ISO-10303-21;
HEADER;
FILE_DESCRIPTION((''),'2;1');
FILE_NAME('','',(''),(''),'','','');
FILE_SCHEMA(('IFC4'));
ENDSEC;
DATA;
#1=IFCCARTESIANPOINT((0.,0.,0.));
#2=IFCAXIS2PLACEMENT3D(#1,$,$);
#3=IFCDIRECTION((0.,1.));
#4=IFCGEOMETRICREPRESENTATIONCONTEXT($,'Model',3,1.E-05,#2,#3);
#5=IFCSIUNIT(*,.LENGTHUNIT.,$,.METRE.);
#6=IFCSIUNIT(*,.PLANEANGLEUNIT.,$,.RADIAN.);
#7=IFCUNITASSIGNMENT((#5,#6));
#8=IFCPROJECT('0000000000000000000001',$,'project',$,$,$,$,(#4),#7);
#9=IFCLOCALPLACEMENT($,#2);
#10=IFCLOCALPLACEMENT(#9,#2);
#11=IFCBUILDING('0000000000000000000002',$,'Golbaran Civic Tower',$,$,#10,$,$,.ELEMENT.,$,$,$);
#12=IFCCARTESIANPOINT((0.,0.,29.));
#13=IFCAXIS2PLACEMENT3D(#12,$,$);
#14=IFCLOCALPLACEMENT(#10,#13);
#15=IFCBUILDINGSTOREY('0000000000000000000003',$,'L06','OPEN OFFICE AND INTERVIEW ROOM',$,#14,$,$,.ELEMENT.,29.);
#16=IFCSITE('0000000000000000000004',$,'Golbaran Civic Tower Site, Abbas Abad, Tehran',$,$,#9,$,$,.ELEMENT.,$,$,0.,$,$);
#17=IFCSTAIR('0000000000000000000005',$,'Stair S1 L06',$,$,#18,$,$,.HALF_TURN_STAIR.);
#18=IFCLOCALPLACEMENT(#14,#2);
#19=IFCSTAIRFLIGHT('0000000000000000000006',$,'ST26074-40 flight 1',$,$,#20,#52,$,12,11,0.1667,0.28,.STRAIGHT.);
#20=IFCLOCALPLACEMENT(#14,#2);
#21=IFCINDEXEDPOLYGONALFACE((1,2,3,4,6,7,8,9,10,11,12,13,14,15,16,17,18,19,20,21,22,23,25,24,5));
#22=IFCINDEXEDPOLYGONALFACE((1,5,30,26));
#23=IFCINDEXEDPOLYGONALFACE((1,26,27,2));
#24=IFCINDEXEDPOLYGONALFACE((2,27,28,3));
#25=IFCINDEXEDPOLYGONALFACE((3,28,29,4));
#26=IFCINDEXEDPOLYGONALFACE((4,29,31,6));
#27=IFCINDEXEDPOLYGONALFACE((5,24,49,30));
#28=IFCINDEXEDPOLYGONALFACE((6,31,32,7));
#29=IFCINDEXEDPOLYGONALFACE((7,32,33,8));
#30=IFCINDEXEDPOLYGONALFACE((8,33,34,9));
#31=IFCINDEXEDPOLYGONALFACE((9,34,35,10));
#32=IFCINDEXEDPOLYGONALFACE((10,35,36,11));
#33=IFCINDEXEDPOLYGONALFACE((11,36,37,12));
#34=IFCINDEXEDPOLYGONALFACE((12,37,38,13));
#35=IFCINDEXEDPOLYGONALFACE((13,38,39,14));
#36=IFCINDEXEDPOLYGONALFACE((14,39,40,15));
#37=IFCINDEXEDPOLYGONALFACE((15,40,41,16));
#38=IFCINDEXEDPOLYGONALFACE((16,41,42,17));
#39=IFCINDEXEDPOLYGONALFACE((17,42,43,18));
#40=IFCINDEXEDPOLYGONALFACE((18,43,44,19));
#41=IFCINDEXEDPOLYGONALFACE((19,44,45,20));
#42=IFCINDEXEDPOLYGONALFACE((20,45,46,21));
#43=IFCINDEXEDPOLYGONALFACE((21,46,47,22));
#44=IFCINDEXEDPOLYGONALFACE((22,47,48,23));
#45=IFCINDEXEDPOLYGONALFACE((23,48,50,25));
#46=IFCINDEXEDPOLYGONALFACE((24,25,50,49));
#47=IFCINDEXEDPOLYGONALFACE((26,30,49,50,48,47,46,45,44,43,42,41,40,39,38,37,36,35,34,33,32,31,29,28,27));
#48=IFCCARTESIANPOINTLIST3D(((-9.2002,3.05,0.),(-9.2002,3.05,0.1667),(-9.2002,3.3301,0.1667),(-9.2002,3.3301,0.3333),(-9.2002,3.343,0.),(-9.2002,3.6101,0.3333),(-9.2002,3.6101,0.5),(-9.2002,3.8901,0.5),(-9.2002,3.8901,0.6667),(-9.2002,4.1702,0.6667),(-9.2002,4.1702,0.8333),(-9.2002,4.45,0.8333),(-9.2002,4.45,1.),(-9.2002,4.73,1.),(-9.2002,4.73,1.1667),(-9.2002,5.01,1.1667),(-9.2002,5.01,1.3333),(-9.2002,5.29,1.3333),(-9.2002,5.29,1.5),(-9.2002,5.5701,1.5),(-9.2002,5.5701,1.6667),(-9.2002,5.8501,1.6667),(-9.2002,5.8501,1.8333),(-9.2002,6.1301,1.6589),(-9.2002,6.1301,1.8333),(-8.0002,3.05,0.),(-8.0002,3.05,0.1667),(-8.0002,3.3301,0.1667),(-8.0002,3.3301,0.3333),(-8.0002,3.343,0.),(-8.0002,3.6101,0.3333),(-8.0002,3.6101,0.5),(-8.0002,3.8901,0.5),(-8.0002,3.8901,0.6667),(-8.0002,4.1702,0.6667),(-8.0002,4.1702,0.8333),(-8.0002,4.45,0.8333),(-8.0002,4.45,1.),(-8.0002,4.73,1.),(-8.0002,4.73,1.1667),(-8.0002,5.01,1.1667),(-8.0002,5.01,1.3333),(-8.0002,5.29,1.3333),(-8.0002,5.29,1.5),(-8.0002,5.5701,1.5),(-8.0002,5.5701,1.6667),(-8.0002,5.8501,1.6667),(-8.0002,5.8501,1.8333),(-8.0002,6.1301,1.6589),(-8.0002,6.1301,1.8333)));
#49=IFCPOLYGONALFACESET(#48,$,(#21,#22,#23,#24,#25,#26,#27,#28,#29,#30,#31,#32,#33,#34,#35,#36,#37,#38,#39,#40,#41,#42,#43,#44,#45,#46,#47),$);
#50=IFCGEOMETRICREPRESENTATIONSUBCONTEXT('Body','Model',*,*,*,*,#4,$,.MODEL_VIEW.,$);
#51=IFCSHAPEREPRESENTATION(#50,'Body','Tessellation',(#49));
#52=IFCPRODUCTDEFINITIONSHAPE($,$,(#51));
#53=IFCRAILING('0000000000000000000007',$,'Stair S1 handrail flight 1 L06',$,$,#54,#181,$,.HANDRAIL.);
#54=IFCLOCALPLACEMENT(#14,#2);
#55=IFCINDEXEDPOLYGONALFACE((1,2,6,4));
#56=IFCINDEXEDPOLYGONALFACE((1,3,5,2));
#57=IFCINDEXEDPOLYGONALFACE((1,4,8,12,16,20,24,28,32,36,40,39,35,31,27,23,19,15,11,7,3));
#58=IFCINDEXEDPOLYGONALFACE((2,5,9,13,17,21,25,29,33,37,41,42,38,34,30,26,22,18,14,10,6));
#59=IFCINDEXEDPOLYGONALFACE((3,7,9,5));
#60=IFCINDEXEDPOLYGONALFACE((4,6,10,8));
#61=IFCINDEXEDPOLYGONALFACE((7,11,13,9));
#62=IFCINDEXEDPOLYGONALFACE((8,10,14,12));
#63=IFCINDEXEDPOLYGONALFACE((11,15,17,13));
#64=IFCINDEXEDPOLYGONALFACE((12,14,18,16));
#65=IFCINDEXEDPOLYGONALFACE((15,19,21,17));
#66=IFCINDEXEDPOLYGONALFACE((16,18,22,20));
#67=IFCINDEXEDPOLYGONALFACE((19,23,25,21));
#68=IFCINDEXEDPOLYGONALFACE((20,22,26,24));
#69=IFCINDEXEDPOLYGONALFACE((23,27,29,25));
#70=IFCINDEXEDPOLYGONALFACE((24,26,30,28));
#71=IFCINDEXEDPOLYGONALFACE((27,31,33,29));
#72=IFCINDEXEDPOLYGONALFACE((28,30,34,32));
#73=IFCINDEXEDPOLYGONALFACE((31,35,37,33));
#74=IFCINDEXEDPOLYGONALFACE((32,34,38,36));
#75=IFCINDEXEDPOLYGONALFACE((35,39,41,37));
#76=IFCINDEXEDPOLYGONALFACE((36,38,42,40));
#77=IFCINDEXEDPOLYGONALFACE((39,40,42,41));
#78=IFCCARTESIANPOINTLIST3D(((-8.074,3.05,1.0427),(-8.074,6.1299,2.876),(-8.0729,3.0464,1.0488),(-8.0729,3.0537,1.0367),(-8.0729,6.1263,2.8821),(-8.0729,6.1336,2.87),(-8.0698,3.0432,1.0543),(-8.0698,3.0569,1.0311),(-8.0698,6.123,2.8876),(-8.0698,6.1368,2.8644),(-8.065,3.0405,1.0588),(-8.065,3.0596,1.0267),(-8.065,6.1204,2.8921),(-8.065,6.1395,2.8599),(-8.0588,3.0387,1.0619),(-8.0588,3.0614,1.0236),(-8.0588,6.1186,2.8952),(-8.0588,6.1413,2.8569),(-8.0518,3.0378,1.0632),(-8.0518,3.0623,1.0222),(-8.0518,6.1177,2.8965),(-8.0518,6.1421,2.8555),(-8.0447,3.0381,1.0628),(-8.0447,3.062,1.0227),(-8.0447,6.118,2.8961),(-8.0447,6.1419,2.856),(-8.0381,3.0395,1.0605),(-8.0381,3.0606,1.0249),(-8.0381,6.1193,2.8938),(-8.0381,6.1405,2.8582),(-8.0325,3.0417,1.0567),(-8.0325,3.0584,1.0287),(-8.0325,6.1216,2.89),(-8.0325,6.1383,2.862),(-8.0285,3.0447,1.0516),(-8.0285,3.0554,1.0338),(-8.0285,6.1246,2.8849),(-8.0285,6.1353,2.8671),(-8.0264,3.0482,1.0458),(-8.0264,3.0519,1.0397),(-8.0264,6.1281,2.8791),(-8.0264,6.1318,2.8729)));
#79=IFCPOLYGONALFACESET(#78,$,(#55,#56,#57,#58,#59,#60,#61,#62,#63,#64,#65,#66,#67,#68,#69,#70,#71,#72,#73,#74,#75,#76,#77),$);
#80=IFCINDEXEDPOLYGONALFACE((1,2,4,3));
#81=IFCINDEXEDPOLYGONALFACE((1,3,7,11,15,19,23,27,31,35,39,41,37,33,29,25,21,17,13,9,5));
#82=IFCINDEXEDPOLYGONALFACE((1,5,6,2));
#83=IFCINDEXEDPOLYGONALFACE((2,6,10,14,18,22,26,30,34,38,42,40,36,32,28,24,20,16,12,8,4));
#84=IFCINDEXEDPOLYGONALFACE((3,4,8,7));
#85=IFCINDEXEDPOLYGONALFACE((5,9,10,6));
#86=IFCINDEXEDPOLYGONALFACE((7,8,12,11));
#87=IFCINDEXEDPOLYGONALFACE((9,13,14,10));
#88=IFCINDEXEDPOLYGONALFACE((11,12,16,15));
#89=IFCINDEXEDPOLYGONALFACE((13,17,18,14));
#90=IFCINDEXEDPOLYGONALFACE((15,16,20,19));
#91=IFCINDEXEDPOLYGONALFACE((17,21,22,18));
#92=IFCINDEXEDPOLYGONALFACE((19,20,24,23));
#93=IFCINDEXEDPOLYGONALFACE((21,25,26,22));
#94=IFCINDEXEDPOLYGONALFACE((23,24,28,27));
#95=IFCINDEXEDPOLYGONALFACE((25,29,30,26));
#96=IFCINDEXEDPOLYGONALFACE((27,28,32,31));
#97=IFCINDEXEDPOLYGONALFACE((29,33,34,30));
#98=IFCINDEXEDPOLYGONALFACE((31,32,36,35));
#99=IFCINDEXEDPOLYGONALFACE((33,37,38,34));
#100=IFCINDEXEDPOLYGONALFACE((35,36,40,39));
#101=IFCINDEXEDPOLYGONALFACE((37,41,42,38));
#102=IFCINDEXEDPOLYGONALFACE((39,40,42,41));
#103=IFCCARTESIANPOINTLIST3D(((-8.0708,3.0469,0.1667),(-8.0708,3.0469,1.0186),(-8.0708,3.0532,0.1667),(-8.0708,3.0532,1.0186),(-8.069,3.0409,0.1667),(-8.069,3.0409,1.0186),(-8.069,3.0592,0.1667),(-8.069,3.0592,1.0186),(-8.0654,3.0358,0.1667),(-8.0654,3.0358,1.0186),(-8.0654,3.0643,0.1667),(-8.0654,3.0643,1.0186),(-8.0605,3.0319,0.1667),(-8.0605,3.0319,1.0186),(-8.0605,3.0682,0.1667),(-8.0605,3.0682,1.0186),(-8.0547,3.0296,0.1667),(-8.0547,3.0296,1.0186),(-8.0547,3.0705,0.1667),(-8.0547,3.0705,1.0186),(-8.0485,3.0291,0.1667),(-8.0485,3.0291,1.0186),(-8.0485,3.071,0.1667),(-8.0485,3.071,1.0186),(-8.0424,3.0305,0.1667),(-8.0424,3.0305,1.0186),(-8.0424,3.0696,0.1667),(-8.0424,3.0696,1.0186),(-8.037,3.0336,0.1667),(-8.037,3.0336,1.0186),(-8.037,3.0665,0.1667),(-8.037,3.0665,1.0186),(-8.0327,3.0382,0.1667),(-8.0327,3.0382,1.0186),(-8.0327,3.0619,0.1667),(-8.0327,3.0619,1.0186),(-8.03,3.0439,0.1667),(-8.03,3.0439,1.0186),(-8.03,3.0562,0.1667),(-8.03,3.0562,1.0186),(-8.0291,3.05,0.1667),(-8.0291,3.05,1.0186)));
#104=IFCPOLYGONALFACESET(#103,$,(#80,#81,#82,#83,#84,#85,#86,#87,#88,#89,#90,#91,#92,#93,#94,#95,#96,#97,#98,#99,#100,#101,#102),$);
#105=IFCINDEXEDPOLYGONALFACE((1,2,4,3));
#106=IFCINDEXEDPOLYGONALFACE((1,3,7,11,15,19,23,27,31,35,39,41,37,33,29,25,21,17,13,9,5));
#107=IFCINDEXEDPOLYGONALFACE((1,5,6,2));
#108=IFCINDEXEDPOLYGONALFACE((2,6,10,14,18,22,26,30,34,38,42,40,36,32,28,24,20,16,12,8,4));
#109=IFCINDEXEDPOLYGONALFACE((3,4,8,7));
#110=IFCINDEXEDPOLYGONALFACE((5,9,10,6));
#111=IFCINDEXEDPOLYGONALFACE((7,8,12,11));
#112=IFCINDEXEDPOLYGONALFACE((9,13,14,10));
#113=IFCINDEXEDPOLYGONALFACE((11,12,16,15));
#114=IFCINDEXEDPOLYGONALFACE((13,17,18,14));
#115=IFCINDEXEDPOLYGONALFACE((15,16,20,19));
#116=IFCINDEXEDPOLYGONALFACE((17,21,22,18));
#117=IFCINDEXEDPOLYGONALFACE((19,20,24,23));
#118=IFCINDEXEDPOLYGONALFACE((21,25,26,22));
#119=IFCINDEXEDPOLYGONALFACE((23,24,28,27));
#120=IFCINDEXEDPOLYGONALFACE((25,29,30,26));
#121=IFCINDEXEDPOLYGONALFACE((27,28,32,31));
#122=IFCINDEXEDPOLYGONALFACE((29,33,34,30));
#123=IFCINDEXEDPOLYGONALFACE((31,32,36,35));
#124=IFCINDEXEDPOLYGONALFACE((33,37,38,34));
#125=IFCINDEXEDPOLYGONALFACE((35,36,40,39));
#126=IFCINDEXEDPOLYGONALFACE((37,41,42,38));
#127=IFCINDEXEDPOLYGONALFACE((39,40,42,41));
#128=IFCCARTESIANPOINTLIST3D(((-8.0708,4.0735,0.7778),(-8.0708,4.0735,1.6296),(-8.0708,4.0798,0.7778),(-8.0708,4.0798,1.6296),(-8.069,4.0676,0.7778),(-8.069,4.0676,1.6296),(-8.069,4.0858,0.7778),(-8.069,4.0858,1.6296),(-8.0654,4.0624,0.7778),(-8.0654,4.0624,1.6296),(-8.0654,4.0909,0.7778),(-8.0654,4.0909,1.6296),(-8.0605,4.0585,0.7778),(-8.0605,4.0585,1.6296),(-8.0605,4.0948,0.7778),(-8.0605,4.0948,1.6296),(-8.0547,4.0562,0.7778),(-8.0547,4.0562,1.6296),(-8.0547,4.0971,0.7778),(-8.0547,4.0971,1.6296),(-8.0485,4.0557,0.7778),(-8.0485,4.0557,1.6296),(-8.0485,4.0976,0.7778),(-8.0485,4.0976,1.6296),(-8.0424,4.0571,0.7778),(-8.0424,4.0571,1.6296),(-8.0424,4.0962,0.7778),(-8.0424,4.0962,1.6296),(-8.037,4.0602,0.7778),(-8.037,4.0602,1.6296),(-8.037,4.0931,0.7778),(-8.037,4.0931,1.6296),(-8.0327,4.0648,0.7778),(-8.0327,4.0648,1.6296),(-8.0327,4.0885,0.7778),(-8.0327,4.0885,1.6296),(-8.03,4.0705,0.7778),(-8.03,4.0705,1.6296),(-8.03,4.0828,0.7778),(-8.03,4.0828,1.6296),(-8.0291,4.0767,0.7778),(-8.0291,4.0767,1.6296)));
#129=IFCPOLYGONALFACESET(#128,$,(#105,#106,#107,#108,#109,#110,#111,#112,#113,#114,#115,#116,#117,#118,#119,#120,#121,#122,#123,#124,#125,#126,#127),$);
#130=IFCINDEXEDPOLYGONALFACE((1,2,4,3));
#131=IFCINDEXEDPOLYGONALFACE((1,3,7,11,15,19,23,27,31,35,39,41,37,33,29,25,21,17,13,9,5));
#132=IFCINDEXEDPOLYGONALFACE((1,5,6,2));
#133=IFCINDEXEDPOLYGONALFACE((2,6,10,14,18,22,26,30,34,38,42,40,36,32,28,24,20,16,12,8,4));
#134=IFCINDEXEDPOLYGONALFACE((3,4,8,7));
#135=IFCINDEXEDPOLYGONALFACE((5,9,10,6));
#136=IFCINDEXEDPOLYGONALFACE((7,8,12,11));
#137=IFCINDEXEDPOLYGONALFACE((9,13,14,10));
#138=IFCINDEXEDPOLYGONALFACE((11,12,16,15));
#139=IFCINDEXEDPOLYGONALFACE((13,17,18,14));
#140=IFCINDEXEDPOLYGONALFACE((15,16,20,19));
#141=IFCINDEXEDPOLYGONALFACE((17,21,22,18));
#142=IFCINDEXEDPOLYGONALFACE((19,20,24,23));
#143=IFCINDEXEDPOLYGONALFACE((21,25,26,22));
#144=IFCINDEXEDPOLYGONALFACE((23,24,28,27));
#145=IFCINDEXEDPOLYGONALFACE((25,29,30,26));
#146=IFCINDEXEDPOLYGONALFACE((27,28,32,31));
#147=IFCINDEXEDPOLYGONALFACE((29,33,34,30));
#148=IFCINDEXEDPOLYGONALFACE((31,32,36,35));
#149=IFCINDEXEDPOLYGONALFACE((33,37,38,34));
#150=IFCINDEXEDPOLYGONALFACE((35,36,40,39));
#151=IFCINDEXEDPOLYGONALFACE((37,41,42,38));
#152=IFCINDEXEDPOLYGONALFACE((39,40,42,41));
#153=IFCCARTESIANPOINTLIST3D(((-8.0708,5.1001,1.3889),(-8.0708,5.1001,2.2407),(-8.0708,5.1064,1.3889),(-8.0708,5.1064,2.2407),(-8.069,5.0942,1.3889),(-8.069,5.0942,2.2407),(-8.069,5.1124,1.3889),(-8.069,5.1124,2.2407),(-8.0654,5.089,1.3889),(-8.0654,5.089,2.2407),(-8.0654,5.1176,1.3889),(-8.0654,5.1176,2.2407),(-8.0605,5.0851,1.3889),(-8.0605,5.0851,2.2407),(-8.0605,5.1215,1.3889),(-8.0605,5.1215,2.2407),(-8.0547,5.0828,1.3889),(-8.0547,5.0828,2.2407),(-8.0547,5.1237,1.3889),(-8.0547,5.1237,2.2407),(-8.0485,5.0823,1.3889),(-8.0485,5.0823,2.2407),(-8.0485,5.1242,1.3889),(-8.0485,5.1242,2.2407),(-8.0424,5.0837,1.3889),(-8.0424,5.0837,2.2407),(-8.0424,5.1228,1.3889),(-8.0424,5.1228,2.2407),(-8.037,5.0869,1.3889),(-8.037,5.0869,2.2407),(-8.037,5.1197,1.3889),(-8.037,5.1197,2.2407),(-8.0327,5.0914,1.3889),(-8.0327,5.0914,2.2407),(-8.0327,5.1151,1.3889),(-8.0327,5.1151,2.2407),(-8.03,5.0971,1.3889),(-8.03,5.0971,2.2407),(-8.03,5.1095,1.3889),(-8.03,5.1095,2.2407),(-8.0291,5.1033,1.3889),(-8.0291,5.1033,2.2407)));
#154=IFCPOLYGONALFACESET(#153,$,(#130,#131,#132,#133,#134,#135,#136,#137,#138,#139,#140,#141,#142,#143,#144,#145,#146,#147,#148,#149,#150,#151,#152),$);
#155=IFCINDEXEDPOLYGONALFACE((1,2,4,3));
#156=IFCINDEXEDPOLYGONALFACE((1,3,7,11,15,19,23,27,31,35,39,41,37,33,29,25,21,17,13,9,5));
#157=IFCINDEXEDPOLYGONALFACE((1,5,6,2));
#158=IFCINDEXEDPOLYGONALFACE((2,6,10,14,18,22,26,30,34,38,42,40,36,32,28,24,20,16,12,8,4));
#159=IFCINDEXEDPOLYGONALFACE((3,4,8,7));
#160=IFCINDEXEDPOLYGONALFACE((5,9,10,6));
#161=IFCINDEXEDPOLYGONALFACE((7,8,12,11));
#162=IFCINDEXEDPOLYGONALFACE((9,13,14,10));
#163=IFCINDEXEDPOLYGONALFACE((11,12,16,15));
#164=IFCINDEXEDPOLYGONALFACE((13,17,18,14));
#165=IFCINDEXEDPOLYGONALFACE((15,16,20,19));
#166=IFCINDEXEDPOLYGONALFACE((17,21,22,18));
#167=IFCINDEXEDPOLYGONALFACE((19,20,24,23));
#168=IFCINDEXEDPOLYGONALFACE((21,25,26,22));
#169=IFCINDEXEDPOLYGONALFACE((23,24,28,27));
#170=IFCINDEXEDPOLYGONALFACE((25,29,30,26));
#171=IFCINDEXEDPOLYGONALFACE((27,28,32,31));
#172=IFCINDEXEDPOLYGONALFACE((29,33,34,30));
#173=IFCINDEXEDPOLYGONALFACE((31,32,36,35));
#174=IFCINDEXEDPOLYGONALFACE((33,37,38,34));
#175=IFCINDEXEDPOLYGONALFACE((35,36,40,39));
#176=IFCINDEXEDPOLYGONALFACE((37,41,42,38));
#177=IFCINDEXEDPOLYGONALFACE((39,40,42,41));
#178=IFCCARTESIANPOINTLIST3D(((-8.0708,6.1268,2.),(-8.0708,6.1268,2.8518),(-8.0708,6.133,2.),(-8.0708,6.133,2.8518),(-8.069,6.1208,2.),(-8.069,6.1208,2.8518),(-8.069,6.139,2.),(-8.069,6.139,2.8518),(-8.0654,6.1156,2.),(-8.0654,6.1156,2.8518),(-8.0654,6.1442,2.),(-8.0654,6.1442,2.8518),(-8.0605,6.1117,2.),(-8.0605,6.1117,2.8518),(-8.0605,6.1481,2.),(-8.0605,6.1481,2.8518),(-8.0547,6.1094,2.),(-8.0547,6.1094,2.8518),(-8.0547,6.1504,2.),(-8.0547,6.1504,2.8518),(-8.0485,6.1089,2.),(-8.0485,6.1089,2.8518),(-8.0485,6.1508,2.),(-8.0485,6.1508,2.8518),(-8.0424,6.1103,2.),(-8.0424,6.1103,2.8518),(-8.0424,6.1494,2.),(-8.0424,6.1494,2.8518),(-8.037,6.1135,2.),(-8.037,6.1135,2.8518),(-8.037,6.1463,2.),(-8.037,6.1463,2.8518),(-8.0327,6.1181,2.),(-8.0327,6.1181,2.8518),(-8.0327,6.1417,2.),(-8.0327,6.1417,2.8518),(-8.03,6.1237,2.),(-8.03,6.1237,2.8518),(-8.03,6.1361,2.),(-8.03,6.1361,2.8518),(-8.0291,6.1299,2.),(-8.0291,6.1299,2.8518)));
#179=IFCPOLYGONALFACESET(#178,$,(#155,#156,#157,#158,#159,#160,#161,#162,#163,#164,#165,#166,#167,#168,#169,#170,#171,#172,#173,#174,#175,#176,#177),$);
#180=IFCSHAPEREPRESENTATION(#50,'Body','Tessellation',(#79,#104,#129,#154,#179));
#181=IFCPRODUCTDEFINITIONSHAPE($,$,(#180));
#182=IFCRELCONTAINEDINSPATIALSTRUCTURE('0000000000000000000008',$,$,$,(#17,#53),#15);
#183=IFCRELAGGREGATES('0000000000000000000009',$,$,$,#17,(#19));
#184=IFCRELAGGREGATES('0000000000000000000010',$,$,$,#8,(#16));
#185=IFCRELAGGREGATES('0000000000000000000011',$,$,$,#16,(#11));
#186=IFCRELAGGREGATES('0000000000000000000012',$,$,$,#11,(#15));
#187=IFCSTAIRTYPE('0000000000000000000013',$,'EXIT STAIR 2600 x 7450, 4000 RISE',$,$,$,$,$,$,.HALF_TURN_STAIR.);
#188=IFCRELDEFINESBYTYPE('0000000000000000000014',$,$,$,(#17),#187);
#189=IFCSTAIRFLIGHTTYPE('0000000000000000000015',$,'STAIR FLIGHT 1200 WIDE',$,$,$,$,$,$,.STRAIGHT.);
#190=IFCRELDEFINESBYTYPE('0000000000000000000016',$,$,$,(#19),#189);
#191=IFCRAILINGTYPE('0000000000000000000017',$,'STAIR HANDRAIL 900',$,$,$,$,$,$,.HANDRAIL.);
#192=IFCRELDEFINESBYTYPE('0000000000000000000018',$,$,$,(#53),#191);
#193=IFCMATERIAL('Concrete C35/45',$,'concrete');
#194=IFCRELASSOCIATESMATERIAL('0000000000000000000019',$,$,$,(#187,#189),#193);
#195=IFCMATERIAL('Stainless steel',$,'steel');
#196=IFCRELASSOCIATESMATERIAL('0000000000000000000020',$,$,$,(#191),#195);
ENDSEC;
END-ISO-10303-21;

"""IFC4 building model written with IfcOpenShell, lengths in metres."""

from ifc_helpers import new_model, si_unit, direction, frame, origin, origin_2d, place, context, subcontext, project, spatial, polyline, circle, outline, extrude, material, type_object, element, aggregate, save


model = new_model("IFC4")

# Units and contexts
model_context = context("Model", 3, precision=1e-05, world=origin(), true_north=direction((0.0, 1.0)))
body_context = subcontext(model_context, "Body", "Model", "MODEL_VIEW")
ifc_project = project(units=[si_unit("LENGTHUNIT", "METRE"), si_unit("PLANEANGLEUNIT", "RADIAN")], contexts=[model_context])

# Site, building, storey
site_placement = place(None, origin())
site = spatial("IfcSite", under=ifc_project, at=site_placement, Name="Golbaran Civic Tower Site, Abbas Abad, Tehran", CompositionType="ELEMENT", RefElevation=0.0)
building_placement = place(site_placement, origin())
building = spatial("IfcBuilding", under=site, at=building_placement, Name="Golbaran Civic Tower", CompositionType="ELEMENT")
storey_placement = place(building_placement, frame((0.0, 0.0, 29.0)))
storey = spatial("IfcBuildingStorey", under=building, at=storey_placement, Name="L06", Description="OPEN OFFICE AND INTERVIEW ROOM", CompositionType="ELEMENT", Elevation=29.0)

# Shared definitions
ifc_material_1 = material(Name="Concrete C35/45", Category="concrete")

# Stair
stair_type = type_object("IfcStairType", Name="EXIT STAIR 2600 x 7450, 4000 RISE", PredefinedType="HALF_TURN_STAIR", material=ifc_material_1)
stair_placement = place(storey_placement, origin())
stair = element("IfcStair", 1, at=stair_placement, inside=storey, type_object=stair_type, Name="Stair S1 L06", PredefinedType="HALF_TURN_STAIR")

# Shared definitions
ifc_material_2 = material(Name="Stainless steel", Category="steel")

# Stair flight
stair_flight_type = type_object("IfcStairFlightType", Name="STAIR FLIGHT 1200 WIDE", PredefinedType="STRAIGHT", material=ifc_material_1)
stair_flight_placement = place(storey_placement, frame((-8.6001, 3.05, 0.0), z_axis=(0.0, 0.0, 1.0), x_axis=(0.0, 1.0, 0.0)))
stair_flight = element("IfcStairFlight", 2, at=stair_flight_placement, type_object=stair_flight_type, Name="ST26074-40 flight 1", NumberOfRisers=12, NumberOfTreads=11, PredefinedType="STRAIGHT", RiserHeight=0.1667, TreadLength=0.28, context=body_context, shape_type="SweptSolid", body=[
    extrude(outline(polyline([(0.0, 0.0), (0.0, 0.1667), (0.28, 0.1667), (0.28, 0.3333), (0.5601, 0.3333), (0.5601, 0.5), (0.8401, 0.5), (0.8401, 0.6667), (1.1201, 0.6667), (1.1201, 0.8333), (1.3999, 0.8333), (1.3999, 1.0), (1.6799, 1.0), (1.6799, 1.1667), (1.96, 1.1667), (1.96, 1.3333), (2.24, 1.3333), (2.24, 1.5), (2.52, 1.5), (2.52, 1.6667), (2.8, 1.6667), (2.8, 1.8333), (3.0801, 1.8333), (3.0801, 2.0), (3.0801, 1.6589), (0.293, 0.0), (0.0, 0.0)])), frame((0.0, 0.6001, 0.0), z_axis=(0.0, -1.0, 0.0), x_axis=(1.0, 0.0, 0.0)), (0.0, 0.0, 1.0), 1.2),
])
aggregate(stair, [stair_flight])

# Railing
railing_type = type_object("IfcRailingType", Name="STAIR HANDRAIL 900", PredefinedType="HANDRAIL", material=ifc_material_2)
railing_1_placement = place(storey_placement, frame((-8.05, 3.05, 0.1667)))
element("IfcRailing", 3, at=railing_1_placement, inside=storey, type_object=railing_type, Name="Stair S1 handrail flight 1 L06", PredefinedType="HANDRAIL", context=body_context, shape_type="SweptSolid", body=[
    extrude(circle(Radius=0.0239, at=origin_2d()), frame((0.0, 0.0, 0.876), z_axis=(0.0, 0.859291, 0.511487), x_axis=(-1.0, 0.0, 0.0)), (0.0, 0.0, 1.0), 3.5842),
    extrude(circle(Radius=0.021, at=origin_2d()), origin(), (0.0, 0.0, 1.0), 0.8518),
    extrude(circle(Radius=0.021, at=origin_2d()), frame((0.0, 1.0266, 0.6111)), (0.0, 0.0, 1.0), 0.8518),
    extrude(circle(Radius=0.021, at=origin_2d()), frame((0.0, 2.0532, 1.2222)), (0.0, 0.0, 1.0), 0.8518),
    extrude(circle(Radius=0.021, at=origin_2d()), frame((0.0, 3.0798, 1.8333)), (0.0, 0.0, 1.0), 0.8518),
])

save(model, "model.ifc")
